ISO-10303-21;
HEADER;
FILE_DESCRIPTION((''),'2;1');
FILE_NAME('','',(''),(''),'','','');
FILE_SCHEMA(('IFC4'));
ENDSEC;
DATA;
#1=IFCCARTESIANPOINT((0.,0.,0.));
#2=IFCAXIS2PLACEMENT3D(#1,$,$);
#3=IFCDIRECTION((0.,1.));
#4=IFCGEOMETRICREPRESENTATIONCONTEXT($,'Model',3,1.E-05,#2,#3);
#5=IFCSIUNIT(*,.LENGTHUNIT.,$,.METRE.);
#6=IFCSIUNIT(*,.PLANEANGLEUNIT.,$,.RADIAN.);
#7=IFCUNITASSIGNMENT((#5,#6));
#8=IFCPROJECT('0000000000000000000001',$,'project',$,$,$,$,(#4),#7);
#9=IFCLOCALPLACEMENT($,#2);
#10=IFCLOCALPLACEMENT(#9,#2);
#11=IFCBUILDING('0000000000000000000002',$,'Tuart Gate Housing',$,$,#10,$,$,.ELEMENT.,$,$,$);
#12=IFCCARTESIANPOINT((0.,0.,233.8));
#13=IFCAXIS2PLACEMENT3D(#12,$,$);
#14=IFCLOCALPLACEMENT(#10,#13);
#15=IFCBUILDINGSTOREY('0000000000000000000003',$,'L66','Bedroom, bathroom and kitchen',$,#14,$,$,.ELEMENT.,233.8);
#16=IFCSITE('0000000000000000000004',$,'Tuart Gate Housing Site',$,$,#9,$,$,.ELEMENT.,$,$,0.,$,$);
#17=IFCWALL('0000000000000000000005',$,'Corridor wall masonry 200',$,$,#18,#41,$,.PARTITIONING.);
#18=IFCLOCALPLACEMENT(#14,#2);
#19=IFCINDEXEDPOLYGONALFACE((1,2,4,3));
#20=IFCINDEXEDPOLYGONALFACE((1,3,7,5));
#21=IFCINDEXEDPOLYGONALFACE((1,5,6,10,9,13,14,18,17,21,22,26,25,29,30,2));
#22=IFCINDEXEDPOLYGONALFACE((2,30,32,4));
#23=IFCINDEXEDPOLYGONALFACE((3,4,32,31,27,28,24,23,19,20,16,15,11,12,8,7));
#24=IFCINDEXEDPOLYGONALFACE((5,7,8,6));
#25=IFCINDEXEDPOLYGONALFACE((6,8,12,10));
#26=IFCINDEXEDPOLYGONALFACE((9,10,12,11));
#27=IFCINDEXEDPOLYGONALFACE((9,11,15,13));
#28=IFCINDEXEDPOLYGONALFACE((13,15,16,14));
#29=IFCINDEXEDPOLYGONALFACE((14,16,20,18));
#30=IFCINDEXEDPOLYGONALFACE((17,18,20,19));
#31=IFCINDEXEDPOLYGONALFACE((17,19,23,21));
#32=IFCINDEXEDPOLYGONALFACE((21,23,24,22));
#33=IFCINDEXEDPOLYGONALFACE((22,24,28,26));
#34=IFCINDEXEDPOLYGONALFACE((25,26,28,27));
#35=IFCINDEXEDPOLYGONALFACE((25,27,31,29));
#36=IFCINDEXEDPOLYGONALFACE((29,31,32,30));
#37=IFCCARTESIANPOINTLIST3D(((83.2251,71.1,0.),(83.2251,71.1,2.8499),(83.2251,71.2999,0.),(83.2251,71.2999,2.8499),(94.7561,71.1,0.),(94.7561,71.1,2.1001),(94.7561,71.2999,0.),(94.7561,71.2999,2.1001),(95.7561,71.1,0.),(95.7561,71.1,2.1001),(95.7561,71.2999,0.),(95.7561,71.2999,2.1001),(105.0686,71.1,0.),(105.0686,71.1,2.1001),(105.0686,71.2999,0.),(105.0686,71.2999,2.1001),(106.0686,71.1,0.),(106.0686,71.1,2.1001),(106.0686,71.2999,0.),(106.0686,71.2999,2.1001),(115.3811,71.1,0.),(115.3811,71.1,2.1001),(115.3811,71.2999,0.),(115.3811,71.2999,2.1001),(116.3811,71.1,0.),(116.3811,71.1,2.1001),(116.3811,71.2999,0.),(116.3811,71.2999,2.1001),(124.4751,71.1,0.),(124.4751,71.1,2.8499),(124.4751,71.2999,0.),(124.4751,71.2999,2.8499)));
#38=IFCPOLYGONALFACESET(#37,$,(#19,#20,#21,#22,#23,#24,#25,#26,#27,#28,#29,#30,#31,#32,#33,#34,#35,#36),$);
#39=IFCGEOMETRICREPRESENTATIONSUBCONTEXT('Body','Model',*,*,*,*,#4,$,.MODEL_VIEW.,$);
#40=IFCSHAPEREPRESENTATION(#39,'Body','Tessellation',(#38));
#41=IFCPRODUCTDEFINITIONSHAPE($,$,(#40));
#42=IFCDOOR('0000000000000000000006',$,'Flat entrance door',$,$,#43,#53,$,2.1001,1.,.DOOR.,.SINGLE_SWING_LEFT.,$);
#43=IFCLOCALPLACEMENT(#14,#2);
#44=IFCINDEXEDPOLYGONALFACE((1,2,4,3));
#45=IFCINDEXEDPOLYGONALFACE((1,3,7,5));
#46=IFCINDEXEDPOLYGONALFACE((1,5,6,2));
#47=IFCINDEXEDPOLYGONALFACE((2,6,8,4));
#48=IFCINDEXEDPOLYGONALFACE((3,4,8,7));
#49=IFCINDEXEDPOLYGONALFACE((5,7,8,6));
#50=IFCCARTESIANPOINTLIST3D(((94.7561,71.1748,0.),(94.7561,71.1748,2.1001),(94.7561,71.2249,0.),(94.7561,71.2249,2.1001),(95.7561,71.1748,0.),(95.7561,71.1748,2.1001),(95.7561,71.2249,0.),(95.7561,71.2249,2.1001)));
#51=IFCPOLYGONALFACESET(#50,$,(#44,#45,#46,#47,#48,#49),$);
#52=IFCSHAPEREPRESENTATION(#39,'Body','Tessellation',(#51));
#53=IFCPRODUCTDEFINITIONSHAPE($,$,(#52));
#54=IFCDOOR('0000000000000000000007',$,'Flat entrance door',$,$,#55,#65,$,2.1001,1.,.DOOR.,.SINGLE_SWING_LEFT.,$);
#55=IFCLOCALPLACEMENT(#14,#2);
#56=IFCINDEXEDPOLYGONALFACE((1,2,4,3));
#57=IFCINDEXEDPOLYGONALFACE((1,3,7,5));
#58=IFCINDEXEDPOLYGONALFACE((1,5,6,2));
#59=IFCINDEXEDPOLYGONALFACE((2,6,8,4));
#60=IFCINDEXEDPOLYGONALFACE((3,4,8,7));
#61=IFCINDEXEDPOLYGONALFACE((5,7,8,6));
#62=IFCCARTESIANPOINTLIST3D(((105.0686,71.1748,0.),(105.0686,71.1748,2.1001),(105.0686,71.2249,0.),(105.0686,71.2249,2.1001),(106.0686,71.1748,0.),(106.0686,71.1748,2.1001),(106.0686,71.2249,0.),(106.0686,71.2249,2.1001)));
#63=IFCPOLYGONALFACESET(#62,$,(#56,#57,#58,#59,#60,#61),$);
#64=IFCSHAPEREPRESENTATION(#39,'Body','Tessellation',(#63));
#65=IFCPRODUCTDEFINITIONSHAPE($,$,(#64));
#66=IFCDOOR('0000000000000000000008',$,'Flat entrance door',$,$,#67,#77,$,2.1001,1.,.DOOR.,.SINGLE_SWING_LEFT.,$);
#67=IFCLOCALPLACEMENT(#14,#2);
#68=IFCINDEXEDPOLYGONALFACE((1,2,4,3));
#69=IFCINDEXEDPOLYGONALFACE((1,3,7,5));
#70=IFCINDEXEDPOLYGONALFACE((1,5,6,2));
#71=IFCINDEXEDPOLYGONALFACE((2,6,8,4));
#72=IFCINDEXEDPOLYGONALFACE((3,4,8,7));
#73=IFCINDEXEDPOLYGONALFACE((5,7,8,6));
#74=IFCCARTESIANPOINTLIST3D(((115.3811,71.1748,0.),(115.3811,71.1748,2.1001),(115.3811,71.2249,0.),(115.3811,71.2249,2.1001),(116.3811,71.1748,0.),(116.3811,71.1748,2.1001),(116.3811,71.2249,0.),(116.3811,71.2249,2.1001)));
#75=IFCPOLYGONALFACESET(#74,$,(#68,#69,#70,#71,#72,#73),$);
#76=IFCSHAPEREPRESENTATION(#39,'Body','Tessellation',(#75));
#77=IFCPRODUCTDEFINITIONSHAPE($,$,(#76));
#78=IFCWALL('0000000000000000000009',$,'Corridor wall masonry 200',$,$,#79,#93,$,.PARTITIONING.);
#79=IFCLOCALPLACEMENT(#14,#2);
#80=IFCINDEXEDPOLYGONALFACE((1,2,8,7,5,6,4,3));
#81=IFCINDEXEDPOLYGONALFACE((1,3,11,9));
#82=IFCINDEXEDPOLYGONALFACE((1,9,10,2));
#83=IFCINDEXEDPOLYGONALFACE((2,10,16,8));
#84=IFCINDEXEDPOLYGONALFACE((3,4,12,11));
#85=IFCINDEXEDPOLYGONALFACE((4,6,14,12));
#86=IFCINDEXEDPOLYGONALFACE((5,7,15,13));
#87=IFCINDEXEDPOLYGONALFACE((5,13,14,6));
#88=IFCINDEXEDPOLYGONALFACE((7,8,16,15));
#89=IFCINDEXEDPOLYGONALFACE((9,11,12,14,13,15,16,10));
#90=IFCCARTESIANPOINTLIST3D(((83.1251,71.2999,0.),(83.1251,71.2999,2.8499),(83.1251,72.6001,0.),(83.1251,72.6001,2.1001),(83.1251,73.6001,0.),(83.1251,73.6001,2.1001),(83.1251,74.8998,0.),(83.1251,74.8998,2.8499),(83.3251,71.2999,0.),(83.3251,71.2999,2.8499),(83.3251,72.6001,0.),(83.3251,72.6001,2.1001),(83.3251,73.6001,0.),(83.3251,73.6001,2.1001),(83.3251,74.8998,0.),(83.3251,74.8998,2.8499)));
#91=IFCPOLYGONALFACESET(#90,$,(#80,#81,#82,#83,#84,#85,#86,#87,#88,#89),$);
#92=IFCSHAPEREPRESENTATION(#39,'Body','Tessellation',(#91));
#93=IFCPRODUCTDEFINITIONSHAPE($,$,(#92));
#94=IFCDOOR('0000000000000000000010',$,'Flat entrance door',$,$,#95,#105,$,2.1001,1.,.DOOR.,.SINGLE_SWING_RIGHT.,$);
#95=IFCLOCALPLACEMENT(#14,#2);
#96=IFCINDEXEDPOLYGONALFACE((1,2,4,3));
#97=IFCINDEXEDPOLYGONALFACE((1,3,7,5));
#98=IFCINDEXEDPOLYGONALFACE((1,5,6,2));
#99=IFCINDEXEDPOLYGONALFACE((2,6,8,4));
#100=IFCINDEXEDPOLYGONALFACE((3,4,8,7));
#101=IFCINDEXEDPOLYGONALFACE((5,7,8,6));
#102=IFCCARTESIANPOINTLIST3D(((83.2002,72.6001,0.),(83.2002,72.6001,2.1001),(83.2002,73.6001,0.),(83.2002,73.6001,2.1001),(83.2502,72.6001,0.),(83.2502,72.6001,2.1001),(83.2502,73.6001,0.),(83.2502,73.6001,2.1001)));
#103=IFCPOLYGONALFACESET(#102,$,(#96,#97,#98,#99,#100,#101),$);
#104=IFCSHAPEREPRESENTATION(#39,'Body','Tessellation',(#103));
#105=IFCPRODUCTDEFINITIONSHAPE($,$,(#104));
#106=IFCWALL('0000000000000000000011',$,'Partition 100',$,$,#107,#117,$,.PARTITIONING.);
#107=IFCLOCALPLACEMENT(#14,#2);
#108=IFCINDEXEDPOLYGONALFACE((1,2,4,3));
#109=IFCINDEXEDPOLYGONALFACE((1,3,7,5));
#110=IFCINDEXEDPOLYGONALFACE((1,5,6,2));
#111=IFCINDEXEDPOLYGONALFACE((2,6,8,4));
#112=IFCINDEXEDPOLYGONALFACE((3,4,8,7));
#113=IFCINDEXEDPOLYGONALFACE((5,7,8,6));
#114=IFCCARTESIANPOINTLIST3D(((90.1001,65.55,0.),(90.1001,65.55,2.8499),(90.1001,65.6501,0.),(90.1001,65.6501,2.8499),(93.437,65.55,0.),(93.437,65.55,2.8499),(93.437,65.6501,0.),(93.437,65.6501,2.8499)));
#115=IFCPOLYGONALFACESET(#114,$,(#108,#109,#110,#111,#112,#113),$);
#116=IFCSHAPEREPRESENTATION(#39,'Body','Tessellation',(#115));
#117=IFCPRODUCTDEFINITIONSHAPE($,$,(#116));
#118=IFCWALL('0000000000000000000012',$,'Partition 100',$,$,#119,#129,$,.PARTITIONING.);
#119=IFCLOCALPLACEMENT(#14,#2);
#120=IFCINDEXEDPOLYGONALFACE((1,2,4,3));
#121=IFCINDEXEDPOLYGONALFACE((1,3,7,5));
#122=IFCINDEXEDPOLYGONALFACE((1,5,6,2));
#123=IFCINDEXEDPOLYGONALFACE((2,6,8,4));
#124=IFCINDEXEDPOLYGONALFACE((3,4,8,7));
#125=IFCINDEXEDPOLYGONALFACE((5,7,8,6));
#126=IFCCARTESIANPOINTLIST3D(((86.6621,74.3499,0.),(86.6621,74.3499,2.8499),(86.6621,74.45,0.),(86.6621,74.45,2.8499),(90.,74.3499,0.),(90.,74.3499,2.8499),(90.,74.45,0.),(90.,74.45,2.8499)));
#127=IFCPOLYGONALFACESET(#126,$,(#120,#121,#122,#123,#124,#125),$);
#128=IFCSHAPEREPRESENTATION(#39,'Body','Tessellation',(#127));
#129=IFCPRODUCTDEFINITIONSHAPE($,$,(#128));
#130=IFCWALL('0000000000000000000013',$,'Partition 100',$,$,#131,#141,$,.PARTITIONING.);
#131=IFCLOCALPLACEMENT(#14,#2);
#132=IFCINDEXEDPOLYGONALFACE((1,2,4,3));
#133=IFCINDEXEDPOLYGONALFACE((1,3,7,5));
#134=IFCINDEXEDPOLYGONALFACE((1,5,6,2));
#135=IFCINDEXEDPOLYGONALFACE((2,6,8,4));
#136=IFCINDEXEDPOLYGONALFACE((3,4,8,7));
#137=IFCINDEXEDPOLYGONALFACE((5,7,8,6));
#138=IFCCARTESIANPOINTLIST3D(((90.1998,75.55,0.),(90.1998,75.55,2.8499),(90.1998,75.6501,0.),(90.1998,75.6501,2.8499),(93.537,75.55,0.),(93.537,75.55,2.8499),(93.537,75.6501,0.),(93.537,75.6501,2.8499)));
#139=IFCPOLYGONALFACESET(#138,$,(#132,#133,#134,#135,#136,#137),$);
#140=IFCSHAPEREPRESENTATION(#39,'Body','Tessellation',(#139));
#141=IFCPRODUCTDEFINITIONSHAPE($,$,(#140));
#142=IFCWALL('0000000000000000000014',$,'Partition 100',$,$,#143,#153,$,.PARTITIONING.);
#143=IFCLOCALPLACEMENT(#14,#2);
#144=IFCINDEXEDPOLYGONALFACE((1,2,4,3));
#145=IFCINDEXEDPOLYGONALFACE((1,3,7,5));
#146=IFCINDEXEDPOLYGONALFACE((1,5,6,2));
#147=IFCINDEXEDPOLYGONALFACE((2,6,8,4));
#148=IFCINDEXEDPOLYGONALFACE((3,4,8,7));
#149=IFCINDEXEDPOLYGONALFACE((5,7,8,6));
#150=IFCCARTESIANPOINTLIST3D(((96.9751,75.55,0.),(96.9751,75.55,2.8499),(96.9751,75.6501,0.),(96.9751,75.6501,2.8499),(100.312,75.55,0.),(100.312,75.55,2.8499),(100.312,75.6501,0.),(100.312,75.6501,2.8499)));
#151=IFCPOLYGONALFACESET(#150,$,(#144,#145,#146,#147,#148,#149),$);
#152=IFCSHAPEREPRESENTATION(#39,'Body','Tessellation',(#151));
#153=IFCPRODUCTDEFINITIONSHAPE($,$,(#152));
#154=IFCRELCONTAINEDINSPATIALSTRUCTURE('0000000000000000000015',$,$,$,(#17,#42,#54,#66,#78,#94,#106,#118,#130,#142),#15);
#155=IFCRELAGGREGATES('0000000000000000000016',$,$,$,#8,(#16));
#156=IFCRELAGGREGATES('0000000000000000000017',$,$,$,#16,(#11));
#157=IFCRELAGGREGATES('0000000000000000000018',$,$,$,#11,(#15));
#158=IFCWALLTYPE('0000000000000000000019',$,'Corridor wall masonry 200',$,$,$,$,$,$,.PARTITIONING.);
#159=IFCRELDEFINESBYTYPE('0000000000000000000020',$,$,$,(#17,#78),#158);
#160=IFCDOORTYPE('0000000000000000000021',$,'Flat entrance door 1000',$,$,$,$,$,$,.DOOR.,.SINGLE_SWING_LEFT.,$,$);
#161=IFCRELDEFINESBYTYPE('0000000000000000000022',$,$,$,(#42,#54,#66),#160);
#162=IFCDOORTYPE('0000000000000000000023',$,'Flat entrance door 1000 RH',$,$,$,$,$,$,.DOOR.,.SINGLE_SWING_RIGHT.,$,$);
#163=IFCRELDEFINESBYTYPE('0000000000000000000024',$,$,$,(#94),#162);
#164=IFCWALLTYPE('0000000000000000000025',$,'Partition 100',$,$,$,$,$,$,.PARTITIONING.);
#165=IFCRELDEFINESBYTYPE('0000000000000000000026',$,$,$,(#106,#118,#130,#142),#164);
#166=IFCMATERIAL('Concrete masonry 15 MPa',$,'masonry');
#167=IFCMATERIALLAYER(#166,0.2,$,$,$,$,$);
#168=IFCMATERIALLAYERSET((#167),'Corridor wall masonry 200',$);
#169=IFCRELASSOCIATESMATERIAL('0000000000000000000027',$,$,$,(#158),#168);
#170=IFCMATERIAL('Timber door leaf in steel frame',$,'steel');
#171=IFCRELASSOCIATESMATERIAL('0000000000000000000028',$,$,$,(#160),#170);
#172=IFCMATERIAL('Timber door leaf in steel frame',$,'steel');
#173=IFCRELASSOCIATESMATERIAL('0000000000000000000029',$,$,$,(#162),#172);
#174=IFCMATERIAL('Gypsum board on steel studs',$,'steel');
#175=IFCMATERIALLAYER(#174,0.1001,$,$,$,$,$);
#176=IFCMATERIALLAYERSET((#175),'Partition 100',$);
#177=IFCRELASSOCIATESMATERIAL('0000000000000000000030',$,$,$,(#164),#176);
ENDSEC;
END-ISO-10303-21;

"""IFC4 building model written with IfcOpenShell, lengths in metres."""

from ifc_helpers import new_model, si_unit, direction, frame, frame_2d, origin, place, context, subcontext, project, spatial, rectangle, extrude, material, layer, layer_set, type_object, element, fill, save


model = new_model("IFC4")

# Units and contexts
model_context = context("Model", 3, precision=1e-05, world=origin(), true_north=direction((0.0, 1.0)))
body_context = subcontext(model_context, "Body", "Model", "MODEL_VIEW")
ifc_project = project(units=[si_unit("LENGTHUNIT", "METRE"), si_unit("PLANEANGLEUNIT", "RADIAN")], contexts=[model_context])

# Site, building, storey
site_placement = place(None, origin())
site = spatial("IfcSite", under=ifc_project, at=site_placement, Name="Tuart Gate Housing Site", CompositionType="ELEMENT", RefElevation=0.0)
building_placement = place(site_placement, origin())
building = spatial("IfcBuilding", under=site, at=building_placement, Name="Tuart Gate Housing", CompositionType="ELEMENT")
storey_placement = place(building_placement, frame((0.0, 0.0, 233.8)))
storey = spatial("IfcBuildingStorey", under=building, at=storey_placement, Name="L66", Description="Bedroom, bathroom and kitchen", CompositionType="ELEMENT", Elevation=233.8)

# Wall, openings, doors
ifc_material_1 = material(Name="Concrete masonry 15 MPa", Category="masonry")
ifc_layer_1 = layer(ifc_material_1, 0.2)
ifc_layer_set_1 = layer_set([ifc_layer_1], Name="Corridor wall masonry 200")
wall_type_1 = type_object("IfcWallType", Name="Corridor wall masonry 200", PredefinedType="PARTITIONING", material=ifc_layer_set_1)
wall_1_placement = place(storey_placement, frame((83.2251, 71.2, 0.0), z_axis=(0.0, 0.0, 1.0), x_axis=(1.0, 0.0, 0.0)))
wall_1 = element("IfcWall", 1, at=wall_1_placement, inside=storey, type_object=wall_type_1, Name="Corridor wall masonry 200", PredefinedType="PARTITIONING", context=body_context, shape_type="SweptSolid", body=[
    extrude(rectangle(XDim=41.25, YDim=0.2, at=frame_2d((20.625, 0.0))), origin(), (0.0, 0.0, 1.0), 2.8499),
])
opening_1_placement = place(wall_1_placement, frame((11.531, 0.0, 0.0)))
opening_1 = element("IfcOpeningElement", 2, at=opening_1_placement, cuts=wall_1, PredefinedType="OPENING", context=body_context, shape_type="SweptSolid", body=[
    extrude(rectangle(XDim=1.0, YDim=2.1001, at=frame_2d((0.5, 1.05))), frame((0.0, 0.1099, 0.0), z_axis=(0.0, -1.0, 0.0), x_axis=(1.0, 0.0, 0.0)), (0.0, 0.0, 1.0), 0.22),
])
opening_2_placement = place(wall_1_placement, frame((21.8435, 0.0, 0.0)))
opening_2 = element("IfcOpeningElement", 3, at=opening_2_placement, cuts=wall_1, PredefinedType="OPENING", context=body_context, shape_type="SweptSolid", body=[
    extrude(rectangle(XDim=1.0, YDim=2.1001, at=frame_2d((0.5, 1.05))), frame((0.0, 0.1099, 0.0), z_axis=(0.0, -1.0, 0.0), x_axis=(1.0, 0.0, 0.0)), (0.0, 0.0, 1.0), 0.22),
])
opening_3_placement = place(wall_1_placement, frame((32.156, 0.0, 0.0)))
opening_3 = element("IfcOpeningElement", 4, at=opening_3_placement, cuts=wall_1, PredefinedType="OPENING", context=body_context, shape_type="SweptSolid", body=[
    extrude(rectangle(XDim=1.0, YDim=2.1001, at=frame_2d((0.5, 1.05))), frame((0.0, 0.1099, 0.0), z_axis=(0.0, -1.0, 0.0), x_axis=(1.0, 0.0, 0.0)), (0.0, 0.0, 1.0), 0.22),
])
ifc_material_2 = material(Name="Timber door leaf in steel frame", Category="steel")
door_type_1 = type_object("IfcDoorType", Name="Flat entrance door 1000", OperationType="SINGLE_SWING_LEFT", PredefinedType="DOOR", material=ifc_material_2)
door_1_placement = place(opening_1_placement, origin())
door_1 = element("IfcDoor", 5, at=door_1_placement, inside=storey, type_object=door_type_1, Name="Flat entrance door", OperationType="SINGLE_SWING_LEFT", OverallHeight=2.1001, OverallWidth=1.0, PredefinedType="DOOR", context=body_context, shape_type="SweptSolid", body=[
    extrude(rectangle(XDim=1.0, YDim=2.1001, at=frame_2d((0.5, 1.05))), frame((0.0, 0.0249, 0.0), z_axis=(0.0, -1.0, 0.0), x_axis=(1.0, 0.0, 0.0)), (0.0, 0.0, 1.0), 0.05),
])
fill(opening_1, door_1)
door_2_placement = place(opening_2_placement, origin())
door_2 = element("IfcDoor", 6, at=door_2_placement, inside=storey, type_object=door_type_1, Name="Flat entrance door", OperationType="SINGLE_SWING_LEFT", OverallHeight=2.1001, OverallWidth=1.0, PredefinedType="DOOR", context=body_context, shape_type="SweptSolid", body=[
    extrude(rectangle(XDim=1.0, YDim=2.1001, at=frame_2d((0.5, 1.05))), frame((0.0, 0.0249, 0.0), z_axis=(0.0, -1.0, 0.0), x_axis=(1.0, 0.0, 0.0)), (0.0, 0.0, 1.0), 0.05),
])
fill(opening_2, door_2)
door_3_placement = place(opening_3_placement, origin())
door_3 = element("IfcDoor", 7, at=door_3_placement, inside=storey, type_object=door_type_1, Name="Flat entrance door", OperationType="SINGLE_SWING_LEFT", OverallHeight=2.1001, OverallWidth=1.0, PredefinedType="DOOR", context=body_context, shape_type="SweptSolid", body=[
    extrude(rectangle(XDim=1.0, YDim=2.1001, at=frame_2d((0.5, 1.05))), frame((0.0, 0.0249, 0.0), z_axis=(0.0, -1.0, 0.0), x_axis=(1.0, 0.0, 0.0)), (0.0, 0.0, 1.0), 0.05),
])
fill(opening_3, door_3)

# Wall, opening, door
wall_2_placement = place(storey_placement, frame((83.2251, 71.3, 0.0), z_axis=(0.0, 0.0, 1.0), x_axis=(0.0, 1.0, 0.0)))
wall_2 = element("IfcWall", 8, at=wall_2_placement, inside=storey, type_object=wall_type_1, Name="Corridor wall masonry 200", PredefinedType="PARTITIONING", context=body_context, shape_type="SweptSolid", body=[
    extrude(rectangle(XDim=3.5999, YDim=0.2, at=frame_2d((1.7998, 0.0))), origin(), (0.0, 0.0, 1.0), 2.8499),
])
opening_4_placement = place(wall_2_placement, frame((1.3, 0.0, 0.0)))
opening_4 = element("IfcOpeningElement", 9, at=opening_4_placement, cuts=wall_2, PredefinedType="OPENING", context=body_context, shape_type="SweptSolid", body=[
    extrude(rectangle(XDim=1.0, YDim=2.1001, at=frame_2d((0.5, 1.05))), frame((0.0, 0.1099, 0.0), z_axis=(0.0, -1.0, 0.0), x_axis=(1.0, 0.0, 0.0)), (0.0, 0.0, 1.0), 0.22),
])
ifc_material_3 = material(Name="Timber door leaf in steel frame", Category="steel")
door_type_2 = type_object("IfcDoorType", Name="Flat entrance door 1000 RH", OperationType="SINGLE_SWING_RIGHT", PredefinedType="DOOR", material=ifc_material_3)
door_4_placement = place(opening_4_placement, frame((1.0, 0.0, 0.0), z_axis=(0.0, 0.0, 1.0), x_axis=(-1.0, 0.0, 0.0)))
door_4 = element("IfcDoor", 10, at=door_4_placement, inside=storey, type_object=door_type_2, Name="Flat entrance door", OperationType="SINGLE_SWING_RIGHT", OverallHeight=2.1001, OverallWidth=1.0, PredefinedType="DOOR", context=body_context, shape_type="SweptSolid", body=[
    extrude(rectangle(XDim=1.0, YDim=2.1001, at=frame_2d((0.5, 1.05))), frame((0.0, 0.0251, 0.0), z_axis=(0.0, -1.0, 0.0), x_axis=(1.0, 0.0, 0.0)), (0.0, 0.0, 1.0), 0.05),
])
fill(opening_4, door_4)

# Walls
ifc_material_4 = material(Name="Gypsum board on steel studs", Category="steel")
ifc_layer_2 = layer(ifc_material_4, 0.1001)
ifc_layer_set_2 = layer_set([ifc_layer_2], Name="Partition 100")
wall_type_2 = type_object("IfcWallType", Name="Partition 100", PredefinedType="PARTITIONING", material=ifc_layer_set_2)
wall_3_placement = place(storey_placement, frame((90.1001, 65.6001, 0.0), z_axis=(0.0, 0.0, 1.0), x_axis=(1.0, 0.0, 0.0)))
element("IfcWall", 11, at=wall_3_placement, inside=storey, type_object=wall_type_2, Name="Partition 100", PredefinedType="PARTITIONING", context=body_context, shape_type="SweptSolid", body=[
    extrude(rectangle(XDim=3.3369, YDim=0.1001, at=frame_2d((1.6685, 0.0))), origin(), (0.0, 0.0, 1.0), 2.8499),
])
wall_4_placement = place(storey_placement, frame((86.6621, 74.3999, 0.0), z_axis=(0.0, 0.0, 1.0), x_axis=(1.0, 0.0, 0.0)))
element("IfcWall", 12, at=wall_4_placement, inside=storey, type_object=wall_type_2, Name="Partition 100", PredefinedType="PARTITIONING", context=body_context, shape_type="SweptSolid", body=[
    extrude(rectangle(XDim=3.3379, YDim=0.1001, at=frame_2d((1.6689, 0.0))), origin(), (0.0, 0.0, 1.0), 2.8499),
])
wall_5_placement = place(storey_placement, frame((90.2, 75.6001, 0.0), z_axis=(0.0, 0.0, 1.0), x_axis=(1.0, 0.0, 0.0)))
element("IfcWall", 13, at=wall_5_placement, inside=storey, type_object=wall_type_2, Name="Partition 100", PredefinedType="PARTITIONING", context=body_context, shape_type="SweptSolid", body=[
    extrude(rectangle(XDim=3.3372, YDim=0.1001, at=frame_2d((1.6685, 0.0))), origin(), (0.0, 0.0, 1.0), 2.8499),
])
wall_6_placement = place(storey_placement, frame((96.9751, 75.6001, 0.0), z_axis=(0.0, 0.0, 1.0), x_axis=(1.0, 0.0, 0.0)))
element("IfcWall", 14, at=wall_6_placement, inside=storey, type_object=wall_type_2, Name="Partition 100", PredefinedType="PARTITIONING", context=body_context, shape_type="SweptSolid", body=[
    extrude(rectangle(XDim=3.3369, YDim=0.1001, at=frame_2d((1.6685, 0.0))), origin(), (0.0, 0.0, 1.0), 2.8499),
])

save(model, "model.ifc")
